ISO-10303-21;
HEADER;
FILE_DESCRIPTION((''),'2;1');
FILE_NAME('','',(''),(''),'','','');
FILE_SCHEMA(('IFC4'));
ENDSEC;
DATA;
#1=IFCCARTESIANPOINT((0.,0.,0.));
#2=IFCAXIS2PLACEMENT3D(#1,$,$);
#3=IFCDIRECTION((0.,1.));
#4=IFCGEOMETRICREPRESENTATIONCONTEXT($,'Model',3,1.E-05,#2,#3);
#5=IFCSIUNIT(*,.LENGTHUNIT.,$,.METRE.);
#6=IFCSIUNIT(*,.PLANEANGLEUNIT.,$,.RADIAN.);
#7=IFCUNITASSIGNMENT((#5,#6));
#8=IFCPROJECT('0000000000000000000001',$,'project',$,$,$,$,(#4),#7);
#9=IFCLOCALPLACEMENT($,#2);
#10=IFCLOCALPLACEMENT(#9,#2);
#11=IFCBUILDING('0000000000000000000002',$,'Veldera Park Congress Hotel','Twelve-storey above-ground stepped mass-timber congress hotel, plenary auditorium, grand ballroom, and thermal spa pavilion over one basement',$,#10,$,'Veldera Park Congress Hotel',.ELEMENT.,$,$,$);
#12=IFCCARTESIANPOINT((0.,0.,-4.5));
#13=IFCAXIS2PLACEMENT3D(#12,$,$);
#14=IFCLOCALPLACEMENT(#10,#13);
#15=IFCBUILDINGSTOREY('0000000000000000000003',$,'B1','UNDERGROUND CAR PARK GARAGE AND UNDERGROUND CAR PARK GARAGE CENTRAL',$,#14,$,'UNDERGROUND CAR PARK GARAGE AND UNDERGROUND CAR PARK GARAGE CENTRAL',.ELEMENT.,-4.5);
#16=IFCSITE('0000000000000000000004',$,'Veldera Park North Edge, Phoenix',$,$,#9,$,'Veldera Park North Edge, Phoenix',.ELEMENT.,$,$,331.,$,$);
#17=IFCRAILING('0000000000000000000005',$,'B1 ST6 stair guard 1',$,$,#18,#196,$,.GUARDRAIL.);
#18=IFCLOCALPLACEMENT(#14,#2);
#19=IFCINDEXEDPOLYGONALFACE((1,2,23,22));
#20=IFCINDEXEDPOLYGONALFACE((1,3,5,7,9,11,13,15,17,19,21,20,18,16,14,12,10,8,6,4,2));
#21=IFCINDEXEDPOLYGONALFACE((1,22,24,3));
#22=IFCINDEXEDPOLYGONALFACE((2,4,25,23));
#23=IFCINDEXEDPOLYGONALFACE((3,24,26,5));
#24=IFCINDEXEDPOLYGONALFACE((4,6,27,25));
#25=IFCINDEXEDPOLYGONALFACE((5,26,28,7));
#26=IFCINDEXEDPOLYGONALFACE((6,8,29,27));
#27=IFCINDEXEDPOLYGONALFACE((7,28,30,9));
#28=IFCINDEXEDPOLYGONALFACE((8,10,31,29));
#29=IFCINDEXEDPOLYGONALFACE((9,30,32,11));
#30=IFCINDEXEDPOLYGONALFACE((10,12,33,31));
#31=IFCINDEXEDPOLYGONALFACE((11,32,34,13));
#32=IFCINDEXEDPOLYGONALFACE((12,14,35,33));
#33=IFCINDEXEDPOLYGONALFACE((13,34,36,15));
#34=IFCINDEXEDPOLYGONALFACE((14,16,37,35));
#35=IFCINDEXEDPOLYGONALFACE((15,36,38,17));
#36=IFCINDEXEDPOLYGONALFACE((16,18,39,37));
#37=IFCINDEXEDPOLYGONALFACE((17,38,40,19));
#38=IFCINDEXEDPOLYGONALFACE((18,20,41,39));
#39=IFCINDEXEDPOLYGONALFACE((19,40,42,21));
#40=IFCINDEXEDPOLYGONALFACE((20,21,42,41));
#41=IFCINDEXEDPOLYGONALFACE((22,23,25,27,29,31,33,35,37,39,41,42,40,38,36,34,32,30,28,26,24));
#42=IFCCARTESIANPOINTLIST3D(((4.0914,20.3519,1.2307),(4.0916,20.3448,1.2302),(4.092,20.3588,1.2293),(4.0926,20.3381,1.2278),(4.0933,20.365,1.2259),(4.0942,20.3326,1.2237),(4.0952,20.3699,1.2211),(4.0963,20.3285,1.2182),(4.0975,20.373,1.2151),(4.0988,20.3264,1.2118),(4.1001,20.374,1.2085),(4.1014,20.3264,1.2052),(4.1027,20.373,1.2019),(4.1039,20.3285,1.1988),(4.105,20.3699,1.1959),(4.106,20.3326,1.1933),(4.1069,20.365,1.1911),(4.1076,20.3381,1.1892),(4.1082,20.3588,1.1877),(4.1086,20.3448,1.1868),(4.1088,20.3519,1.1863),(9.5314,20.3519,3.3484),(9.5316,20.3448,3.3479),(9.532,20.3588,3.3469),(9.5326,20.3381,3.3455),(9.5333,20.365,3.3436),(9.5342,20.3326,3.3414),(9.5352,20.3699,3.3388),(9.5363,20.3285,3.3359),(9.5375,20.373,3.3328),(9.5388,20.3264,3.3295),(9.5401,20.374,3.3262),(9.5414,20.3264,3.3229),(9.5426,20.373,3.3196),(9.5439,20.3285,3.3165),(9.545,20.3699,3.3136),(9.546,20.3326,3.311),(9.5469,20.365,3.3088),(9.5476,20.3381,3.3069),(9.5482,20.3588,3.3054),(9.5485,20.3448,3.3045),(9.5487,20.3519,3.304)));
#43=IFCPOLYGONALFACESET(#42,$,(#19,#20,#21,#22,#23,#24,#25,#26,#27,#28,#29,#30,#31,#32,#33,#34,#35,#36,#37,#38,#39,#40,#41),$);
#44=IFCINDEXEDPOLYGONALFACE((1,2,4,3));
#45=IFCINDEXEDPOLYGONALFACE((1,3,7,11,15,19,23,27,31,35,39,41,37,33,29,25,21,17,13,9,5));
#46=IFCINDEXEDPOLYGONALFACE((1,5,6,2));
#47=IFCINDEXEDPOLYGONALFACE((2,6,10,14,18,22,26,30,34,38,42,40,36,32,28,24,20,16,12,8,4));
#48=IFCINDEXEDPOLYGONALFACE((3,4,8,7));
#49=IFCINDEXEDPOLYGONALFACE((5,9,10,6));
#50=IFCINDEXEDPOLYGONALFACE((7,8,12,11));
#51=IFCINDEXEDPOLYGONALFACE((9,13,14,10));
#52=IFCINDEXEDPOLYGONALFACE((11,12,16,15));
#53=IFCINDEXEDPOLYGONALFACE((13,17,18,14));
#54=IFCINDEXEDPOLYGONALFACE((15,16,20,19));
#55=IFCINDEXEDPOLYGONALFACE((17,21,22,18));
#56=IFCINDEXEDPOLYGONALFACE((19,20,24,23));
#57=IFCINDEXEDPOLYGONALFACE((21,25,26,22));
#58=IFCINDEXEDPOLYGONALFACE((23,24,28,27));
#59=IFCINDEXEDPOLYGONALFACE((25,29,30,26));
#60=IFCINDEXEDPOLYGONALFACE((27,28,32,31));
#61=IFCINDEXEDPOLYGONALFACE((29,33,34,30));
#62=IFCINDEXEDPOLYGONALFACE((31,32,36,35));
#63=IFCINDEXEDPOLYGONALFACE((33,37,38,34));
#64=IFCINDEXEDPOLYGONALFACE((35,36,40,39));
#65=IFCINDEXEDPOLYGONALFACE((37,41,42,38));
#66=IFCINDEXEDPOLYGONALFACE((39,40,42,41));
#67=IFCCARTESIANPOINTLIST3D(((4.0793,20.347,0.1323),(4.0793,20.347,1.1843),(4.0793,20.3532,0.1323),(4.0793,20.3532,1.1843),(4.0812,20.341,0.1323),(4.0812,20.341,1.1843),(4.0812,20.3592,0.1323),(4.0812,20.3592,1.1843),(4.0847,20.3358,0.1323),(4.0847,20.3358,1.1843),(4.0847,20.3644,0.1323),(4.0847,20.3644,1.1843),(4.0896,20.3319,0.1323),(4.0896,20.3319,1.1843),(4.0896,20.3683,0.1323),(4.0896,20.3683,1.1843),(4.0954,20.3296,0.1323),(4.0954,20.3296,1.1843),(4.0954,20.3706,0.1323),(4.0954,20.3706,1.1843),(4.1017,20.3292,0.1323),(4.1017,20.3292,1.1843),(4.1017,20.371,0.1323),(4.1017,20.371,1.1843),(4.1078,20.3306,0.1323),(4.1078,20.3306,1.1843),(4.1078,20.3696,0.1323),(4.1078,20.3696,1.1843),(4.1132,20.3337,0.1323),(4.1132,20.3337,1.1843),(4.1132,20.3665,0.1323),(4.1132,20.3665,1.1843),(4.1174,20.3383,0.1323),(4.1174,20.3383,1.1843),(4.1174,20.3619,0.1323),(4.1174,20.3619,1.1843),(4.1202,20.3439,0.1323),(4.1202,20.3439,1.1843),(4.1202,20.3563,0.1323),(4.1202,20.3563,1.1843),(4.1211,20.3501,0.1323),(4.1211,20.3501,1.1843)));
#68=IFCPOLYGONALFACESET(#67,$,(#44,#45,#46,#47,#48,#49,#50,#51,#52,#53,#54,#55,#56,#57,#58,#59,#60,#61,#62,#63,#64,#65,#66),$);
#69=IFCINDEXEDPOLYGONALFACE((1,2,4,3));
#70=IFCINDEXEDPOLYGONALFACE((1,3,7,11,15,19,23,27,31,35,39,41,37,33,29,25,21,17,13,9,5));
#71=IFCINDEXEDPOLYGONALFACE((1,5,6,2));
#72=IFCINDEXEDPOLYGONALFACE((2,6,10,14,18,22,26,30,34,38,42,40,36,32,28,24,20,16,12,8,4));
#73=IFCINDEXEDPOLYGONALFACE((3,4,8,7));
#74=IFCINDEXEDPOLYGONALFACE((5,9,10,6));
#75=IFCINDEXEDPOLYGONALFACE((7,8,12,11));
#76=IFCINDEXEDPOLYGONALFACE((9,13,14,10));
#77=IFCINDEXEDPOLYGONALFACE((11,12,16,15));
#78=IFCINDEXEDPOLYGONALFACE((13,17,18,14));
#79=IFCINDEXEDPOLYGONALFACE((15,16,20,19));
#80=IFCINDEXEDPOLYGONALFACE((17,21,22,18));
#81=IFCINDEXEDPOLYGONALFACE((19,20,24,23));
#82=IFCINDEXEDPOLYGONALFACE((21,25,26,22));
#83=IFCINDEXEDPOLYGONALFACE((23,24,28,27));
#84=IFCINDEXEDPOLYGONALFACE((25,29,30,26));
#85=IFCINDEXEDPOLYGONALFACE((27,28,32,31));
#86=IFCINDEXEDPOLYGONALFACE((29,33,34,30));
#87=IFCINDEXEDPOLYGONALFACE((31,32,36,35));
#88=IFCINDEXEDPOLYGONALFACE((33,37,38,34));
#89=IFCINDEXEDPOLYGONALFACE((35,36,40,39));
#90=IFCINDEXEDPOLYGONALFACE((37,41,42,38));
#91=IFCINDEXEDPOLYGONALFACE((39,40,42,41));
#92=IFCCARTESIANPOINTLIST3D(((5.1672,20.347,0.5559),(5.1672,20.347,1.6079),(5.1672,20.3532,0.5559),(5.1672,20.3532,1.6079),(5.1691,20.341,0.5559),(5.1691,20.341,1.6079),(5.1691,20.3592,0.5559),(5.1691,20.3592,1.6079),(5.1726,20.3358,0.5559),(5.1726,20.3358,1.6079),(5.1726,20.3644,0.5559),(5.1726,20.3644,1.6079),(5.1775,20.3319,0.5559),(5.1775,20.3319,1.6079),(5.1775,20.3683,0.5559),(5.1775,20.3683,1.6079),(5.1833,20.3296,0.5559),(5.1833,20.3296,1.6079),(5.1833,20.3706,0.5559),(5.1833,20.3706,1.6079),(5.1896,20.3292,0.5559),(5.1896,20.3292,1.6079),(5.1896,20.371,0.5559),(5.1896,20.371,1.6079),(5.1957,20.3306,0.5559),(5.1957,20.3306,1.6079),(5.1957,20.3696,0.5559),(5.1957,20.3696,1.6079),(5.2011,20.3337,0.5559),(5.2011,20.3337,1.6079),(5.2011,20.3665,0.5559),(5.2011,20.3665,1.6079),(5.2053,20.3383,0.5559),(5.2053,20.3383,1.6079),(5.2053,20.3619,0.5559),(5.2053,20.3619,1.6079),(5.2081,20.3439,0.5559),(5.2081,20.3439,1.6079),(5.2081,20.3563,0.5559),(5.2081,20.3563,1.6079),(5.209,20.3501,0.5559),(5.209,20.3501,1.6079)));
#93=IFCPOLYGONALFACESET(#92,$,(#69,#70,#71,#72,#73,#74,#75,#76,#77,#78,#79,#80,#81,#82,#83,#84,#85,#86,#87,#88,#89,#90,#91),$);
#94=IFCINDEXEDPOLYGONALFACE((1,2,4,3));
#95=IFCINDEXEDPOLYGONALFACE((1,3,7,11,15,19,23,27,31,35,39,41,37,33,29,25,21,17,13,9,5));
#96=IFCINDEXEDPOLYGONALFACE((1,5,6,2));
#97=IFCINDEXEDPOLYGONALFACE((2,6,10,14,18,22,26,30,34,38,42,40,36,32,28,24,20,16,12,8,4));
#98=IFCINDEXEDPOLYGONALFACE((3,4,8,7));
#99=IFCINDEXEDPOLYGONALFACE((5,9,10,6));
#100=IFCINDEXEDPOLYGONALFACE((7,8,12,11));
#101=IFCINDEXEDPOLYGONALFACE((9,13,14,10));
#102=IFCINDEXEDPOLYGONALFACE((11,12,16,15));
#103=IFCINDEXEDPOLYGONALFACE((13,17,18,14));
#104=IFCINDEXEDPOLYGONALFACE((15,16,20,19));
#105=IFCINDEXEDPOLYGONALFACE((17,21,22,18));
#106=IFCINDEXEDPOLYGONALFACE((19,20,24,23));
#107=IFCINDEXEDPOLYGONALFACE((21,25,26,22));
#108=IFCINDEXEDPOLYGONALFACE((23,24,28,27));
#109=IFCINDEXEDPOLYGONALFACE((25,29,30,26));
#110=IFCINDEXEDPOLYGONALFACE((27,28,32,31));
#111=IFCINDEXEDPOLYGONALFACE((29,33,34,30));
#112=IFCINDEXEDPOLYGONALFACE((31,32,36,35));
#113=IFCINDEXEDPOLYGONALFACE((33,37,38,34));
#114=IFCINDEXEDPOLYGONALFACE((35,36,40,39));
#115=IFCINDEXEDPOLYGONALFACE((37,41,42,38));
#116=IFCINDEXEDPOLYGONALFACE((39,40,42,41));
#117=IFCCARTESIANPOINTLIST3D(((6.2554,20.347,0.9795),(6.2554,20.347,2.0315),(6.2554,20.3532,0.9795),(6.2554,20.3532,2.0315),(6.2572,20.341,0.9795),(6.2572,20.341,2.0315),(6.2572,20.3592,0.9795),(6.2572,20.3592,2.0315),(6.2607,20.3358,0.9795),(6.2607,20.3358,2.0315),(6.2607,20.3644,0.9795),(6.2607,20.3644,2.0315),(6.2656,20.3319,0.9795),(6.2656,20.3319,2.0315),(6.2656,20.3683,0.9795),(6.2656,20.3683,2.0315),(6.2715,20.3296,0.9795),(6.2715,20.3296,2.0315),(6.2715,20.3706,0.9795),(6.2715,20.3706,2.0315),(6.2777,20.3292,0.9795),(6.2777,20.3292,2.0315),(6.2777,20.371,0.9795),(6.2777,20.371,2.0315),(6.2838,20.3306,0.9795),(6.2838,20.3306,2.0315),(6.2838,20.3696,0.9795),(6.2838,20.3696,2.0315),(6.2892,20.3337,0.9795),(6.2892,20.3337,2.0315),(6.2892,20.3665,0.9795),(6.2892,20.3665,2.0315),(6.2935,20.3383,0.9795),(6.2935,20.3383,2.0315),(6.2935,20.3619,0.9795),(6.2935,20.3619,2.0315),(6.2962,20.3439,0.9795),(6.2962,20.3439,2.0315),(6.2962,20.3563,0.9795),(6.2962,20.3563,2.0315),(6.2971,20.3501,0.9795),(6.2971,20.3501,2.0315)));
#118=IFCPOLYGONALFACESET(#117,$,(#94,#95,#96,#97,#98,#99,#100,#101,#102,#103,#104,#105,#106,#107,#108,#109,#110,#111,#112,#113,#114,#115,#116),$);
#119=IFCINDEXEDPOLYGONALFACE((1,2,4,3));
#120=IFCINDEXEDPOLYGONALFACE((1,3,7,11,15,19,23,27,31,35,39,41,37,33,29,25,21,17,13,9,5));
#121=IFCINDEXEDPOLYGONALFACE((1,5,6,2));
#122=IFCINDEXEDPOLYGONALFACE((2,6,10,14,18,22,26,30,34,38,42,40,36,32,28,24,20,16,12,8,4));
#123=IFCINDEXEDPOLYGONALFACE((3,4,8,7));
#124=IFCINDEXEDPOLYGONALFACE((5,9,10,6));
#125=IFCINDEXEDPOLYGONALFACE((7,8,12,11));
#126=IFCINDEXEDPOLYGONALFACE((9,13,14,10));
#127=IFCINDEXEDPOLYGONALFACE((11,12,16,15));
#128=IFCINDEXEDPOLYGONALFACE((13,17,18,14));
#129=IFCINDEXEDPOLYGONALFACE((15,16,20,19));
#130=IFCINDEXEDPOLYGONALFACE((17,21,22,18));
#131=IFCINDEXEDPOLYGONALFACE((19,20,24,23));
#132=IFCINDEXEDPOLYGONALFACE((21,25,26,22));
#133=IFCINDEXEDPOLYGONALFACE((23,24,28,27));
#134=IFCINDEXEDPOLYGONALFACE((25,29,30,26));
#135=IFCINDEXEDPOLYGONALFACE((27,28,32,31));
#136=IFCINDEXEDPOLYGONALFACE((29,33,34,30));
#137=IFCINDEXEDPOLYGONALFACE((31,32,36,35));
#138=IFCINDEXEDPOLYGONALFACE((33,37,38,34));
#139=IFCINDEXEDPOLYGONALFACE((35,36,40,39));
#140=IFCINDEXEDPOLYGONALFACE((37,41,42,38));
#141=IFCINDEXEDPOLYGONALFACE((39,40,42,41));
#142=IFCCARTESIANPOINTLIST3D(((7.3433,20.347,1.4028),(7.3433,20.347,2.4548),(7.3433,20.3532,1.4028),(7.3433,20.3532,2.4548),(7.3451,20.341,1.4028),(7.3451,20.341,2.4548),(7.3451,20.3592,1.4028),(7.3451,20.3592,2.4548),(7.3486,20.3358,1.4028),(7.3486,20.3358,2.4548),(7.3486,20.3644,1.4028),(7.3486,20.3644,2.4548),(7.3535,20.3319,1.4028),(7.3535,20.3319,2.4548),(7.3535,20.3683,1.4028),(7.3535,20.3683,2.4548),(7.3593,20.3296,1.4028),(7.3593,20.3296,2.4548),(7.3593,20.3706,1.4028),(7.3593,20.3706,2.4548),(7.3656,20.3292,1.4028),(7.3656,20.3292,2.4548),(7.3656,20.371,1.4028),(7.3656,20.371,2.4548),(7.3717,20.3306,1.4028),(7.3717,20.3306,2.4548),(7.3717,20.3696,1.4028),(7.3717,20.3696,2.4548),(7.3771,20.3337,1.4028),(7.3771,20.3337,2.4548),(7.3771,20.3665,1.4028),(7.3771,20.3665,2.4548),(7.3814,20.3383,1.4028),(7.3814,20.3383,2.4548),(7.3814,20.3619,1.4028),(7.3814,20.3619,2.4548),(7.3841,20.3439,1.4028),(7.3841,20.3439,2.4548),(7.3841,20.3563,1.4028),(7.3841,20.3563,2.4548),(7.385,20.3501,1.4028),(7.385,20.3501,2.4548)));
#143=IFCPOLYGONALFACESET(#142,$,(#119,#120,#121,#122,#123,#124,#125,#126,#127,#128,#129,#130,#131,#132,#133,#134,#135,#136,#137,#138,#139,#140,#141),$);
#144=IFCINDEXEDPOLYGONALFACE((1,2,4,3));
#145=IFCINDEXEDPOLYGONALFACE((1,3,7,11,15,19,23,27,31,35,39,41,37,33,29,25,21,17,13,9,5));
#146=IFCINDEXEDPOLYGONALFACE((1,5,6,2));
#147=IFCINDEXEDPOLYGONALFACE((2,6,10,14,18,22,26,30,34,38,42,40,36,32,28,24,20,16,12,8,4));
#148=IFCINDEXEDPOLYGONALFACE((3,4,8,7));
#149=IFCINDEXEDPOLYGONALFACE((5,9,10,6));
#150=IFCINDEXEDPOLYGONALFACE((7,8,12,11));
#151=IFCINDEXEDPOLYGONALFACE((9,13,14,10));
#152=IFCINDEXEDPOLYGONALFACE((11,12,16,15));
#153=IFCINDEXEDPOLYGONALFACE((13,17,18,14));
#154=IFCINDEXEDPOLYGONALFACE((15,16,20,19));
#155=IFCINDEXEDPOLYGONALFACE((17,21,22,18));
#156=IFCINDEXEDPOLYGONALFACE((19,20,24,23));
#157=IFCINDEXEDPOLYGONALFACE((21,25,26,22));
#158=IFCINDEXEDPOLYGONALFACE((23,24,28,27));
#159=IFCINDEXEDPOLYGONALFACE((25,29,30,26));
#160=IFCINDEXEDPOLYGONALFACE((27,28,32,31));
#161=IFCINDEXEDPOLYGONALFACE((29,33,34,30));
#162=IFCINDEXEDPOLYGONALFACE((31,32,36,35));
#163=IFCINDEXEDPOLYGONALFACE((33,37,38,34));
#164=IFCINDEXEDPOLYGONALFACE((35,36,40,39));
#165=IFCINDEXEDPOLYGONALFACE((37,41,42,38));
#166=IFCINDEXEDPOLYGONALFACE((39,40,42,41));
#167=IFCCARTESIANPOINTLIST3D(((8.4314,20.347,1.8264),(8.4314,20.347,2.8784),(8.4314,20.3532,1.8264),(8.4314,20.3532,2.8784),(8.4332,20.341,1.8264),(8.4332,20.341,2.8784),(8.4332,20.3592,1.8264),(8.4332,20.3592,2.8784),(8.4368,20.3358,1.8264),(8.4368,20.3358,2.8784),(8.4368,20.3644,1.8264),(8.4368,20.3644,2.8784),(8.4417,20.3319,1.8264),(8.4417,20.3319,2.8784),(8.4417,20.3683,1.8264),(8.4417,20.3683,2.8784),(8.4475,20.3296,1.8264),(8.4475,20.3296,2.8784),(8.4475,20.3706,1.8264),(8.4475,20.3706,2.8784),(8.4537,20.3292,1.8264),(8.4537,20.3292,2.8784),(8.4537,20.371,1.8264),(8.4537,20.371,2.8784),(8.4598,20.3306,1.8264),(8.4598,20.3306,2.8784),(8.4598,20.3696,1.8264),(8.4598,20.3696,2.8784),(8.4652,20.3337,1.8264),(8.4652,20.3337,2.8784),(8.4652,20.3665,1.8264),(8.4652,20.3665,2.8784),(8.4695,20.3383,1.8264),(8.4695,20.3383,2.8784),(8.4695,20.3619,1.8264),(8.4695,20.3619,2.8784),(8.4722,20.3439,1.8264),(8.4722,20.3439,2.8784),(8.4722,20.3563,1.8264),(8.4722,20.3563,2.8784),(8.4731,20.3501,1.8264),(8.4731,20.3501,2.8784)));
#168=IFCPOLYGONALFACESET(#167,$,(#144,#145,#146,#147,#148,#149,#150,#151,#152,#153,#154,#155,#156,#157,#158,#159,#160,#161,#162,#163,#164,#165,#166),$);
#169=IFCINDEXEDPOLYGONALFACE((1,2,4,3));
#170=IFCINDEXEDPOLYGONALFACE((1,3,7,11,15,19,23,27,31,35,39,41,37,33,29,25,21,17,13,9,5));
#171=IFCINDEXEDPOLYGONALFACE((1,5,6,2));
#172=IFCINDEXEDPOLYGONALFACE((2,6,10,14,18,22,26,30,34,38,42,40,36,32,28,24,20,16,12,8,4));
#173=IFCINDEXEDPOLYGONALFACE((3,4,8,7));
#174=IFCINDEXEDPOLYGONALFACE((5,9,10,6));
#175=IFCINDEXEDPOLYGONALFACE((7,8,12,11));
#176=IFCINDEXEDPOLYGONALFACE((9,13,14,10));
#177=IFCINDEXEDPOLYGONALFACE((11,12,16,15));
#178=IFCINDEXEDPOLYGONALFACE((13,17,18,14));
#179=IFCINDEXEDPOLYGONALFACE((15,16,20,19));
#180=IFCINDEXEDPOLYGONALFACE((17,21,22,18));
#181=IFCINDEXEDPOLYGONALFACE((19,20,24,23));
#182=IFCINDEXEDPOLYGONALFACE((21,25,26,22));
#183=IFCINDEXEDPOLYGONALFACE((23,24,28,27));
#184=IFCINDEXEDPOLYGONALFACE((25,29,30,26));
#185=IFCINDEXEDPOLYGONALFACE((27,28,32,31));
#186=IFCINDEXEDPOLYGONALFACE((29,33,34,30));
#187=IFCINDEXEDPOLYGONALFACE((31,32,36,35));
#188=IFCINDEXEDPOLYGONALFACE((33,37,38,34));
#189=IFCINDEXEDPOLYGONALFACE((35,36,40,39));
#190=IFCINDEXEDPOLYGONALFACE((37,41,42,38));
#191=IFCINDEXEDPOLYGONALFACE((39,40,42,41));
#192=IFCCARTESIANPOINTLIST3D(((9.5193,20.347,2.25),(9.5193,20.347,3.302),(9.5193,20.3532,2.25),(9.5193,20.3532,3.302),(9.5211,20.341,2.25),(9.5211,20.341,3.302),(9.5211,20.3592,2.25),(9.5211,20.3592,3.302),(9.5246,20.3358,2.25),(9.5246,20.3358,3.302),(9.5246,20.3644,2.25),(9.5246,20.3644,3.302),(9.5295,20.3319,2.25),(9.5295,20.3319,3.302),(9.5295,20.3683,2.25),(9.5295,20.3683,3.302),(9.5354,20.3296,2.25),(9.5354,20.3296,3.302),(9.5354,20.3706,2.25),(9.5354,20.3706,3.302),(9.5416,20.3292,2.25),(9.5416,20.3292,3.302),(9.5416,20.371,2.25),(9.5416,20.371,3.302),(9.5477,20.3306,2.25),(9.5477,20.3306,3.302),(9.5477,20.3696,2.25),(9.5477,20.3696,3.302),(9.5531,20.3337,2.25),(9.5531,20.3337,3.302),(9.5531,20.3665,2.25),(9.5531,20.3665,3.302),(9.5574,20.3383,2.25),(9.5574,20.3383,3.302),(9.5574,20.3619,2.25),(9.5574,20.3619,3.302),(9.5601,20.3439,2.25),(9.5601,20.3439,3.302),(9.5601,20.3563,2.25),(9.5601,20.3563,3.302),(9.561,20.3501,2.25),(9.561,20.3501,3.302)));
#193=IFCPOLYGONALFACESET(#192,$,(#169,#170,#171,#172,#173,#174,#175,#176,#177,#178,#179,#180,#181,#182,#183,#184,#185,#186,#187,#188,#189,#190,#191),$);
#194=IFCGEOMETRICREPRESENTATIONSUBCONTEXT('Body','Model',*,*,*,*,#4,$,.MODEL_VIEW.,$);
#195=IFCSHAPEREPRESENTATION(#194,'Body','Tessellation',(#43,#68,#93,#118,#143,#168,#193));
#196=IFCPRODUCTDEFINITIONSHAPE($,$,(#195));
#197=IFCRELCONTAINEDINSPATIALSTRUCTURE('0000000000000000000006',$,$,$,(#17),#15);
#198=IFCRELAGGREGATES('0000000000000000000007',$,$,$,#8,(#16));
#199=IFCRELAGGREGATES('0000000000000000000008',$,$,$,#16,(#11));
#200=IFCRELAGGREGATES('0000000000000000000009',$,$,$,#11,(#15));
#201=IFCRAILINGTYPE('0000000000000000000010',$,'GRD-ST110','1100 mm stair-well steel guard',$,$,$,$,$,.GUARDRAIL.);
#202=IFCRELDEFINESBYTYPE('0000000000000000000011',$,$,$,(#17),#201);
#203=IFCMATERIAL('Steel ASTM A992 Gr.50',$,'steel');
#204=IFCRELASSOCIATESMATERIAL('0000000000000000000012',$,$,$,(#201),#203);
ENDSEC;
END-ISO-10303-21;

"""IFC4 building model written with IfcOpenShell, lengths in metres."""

from ifc_helpers import new_model, si_unit, direction, frame, origin, origin_2d, place, context, subcontext, project, spatial, circle, extrude, material, type_object, element, save


model = new_model("IFC4")

# Units and contexts
model_context = context("Model", 3, precision=1e-05, world=origin(), true_north=direction((0.0, 1.0)))
body_context = subcontext(model_context, "Body", "Model", "MODEL_VIEW")
ifc_project = project(units=[si_unit("LENGTHUNIT", "METRE"), si_unit("PLANEANGLEUNIT", "RADIAN")], contexts=[model_context])

# Site, building, storey
site_placement = place(None, origin())
site = spatial("IfcSite", under=ifc_project, at=site_placement, Name="Veldera Park North Edge, Phoenix", LongName="Veldera Park North Edge, Phoenix", CompositionType="ELEMENT", RefElevation=331.0)
building_placement = place(site_placement, origin())
building = spatial("IfcBuilding", under=site, at=building_placement, Name="Veldera Park Congress Hotel", Description="Twelve-storey above-ground stepped mass-timber congress hotel, plenary auditorium, grand ballroom, and thermal spa pavilion over one basement", LongName="Veldera Park Congress Hotel", CompositionType="ELEMENT")
storey_placement = place(building_placement, frame((0.0, 0.0, -4.5)))
storey = spatial("IfcBuildingStorey", under=building, at=storey_placement, Name="B1", Description="UNDERGROUND CAR PARK GARAGE AND UNDERGROUND CAR PARK GARAGE CENTRAL", LongName="UNDERGROUND CAR PARK GARAGE AND UNDERGROUND CAR PARK GARAGE CENTRAL", CompositionType="ELEMENT", Elevation=-4.5)

# Railing
ifc_material_1 = material(Name="Steel ASTM A992 Gr.50", Category="steel")
railing_type_1 = type_object("IfcRailingType", Name="GRD-ST110", Description="1100 mm stair-well steel guard", PredefinedType="GUARDRAIL", material=ifc_material_1)
railing_1_placement = place(storey_placement, frame((4.1001, 20.3501, 0.1323)))
element("IfcRailing", 1, at=railing_1_placement, inside=storey, type_object=railing_type_1, Name="B1 ST6 stair guard 1", PredefinedType="GUARDRAIL", context=body_context, shape_type="SweptSolid", body=[
    extrude(circle(Radius=0.0239, at=origin_2d()), frame((0.0, 0.0, 1.0762), z_axis=(0.931881, 0.0, 0.362765), x_axis=(0.0, 1.0, 0.0)), (0.0, 0.0, 1.0), 5.8376),
    extrude(circle(Radius=0.021, at=origin_2d()), origin(), (0.0, 0.0, 1.0), 1.052),
    extrude(circle(Radius=0.021, at=origin_2d()), frame((1.0879, 0.0, 0.4236)), (0.0, 0.0, 1.0), 1.052),
    extrude(circle(Radius=0.021, at=origin_2d()), frame((2.176, 0.0, 0.8472)), (0.0, 0.0, 1.0), 1.052),
    extrude(circle(Radius=0.021, at=origin_2d()), frame((3.2639, 0.0, 1.2705)), (0.0, 0.0, 1.0), 1.052),
    extrude(circle(Radius=0.021, at=origin_2d()), frame((4.3521, 0.0, 1.6941)), (0.0, 0.0, 1.0), 1.052),
    extrude(circle(Radius=0.021, at=origin_2d()), frame((5.4399, 0.0, 2.1177)), (0.0, 0.0, 1.0), 1.052),
])

save(model, "model.ifc")
